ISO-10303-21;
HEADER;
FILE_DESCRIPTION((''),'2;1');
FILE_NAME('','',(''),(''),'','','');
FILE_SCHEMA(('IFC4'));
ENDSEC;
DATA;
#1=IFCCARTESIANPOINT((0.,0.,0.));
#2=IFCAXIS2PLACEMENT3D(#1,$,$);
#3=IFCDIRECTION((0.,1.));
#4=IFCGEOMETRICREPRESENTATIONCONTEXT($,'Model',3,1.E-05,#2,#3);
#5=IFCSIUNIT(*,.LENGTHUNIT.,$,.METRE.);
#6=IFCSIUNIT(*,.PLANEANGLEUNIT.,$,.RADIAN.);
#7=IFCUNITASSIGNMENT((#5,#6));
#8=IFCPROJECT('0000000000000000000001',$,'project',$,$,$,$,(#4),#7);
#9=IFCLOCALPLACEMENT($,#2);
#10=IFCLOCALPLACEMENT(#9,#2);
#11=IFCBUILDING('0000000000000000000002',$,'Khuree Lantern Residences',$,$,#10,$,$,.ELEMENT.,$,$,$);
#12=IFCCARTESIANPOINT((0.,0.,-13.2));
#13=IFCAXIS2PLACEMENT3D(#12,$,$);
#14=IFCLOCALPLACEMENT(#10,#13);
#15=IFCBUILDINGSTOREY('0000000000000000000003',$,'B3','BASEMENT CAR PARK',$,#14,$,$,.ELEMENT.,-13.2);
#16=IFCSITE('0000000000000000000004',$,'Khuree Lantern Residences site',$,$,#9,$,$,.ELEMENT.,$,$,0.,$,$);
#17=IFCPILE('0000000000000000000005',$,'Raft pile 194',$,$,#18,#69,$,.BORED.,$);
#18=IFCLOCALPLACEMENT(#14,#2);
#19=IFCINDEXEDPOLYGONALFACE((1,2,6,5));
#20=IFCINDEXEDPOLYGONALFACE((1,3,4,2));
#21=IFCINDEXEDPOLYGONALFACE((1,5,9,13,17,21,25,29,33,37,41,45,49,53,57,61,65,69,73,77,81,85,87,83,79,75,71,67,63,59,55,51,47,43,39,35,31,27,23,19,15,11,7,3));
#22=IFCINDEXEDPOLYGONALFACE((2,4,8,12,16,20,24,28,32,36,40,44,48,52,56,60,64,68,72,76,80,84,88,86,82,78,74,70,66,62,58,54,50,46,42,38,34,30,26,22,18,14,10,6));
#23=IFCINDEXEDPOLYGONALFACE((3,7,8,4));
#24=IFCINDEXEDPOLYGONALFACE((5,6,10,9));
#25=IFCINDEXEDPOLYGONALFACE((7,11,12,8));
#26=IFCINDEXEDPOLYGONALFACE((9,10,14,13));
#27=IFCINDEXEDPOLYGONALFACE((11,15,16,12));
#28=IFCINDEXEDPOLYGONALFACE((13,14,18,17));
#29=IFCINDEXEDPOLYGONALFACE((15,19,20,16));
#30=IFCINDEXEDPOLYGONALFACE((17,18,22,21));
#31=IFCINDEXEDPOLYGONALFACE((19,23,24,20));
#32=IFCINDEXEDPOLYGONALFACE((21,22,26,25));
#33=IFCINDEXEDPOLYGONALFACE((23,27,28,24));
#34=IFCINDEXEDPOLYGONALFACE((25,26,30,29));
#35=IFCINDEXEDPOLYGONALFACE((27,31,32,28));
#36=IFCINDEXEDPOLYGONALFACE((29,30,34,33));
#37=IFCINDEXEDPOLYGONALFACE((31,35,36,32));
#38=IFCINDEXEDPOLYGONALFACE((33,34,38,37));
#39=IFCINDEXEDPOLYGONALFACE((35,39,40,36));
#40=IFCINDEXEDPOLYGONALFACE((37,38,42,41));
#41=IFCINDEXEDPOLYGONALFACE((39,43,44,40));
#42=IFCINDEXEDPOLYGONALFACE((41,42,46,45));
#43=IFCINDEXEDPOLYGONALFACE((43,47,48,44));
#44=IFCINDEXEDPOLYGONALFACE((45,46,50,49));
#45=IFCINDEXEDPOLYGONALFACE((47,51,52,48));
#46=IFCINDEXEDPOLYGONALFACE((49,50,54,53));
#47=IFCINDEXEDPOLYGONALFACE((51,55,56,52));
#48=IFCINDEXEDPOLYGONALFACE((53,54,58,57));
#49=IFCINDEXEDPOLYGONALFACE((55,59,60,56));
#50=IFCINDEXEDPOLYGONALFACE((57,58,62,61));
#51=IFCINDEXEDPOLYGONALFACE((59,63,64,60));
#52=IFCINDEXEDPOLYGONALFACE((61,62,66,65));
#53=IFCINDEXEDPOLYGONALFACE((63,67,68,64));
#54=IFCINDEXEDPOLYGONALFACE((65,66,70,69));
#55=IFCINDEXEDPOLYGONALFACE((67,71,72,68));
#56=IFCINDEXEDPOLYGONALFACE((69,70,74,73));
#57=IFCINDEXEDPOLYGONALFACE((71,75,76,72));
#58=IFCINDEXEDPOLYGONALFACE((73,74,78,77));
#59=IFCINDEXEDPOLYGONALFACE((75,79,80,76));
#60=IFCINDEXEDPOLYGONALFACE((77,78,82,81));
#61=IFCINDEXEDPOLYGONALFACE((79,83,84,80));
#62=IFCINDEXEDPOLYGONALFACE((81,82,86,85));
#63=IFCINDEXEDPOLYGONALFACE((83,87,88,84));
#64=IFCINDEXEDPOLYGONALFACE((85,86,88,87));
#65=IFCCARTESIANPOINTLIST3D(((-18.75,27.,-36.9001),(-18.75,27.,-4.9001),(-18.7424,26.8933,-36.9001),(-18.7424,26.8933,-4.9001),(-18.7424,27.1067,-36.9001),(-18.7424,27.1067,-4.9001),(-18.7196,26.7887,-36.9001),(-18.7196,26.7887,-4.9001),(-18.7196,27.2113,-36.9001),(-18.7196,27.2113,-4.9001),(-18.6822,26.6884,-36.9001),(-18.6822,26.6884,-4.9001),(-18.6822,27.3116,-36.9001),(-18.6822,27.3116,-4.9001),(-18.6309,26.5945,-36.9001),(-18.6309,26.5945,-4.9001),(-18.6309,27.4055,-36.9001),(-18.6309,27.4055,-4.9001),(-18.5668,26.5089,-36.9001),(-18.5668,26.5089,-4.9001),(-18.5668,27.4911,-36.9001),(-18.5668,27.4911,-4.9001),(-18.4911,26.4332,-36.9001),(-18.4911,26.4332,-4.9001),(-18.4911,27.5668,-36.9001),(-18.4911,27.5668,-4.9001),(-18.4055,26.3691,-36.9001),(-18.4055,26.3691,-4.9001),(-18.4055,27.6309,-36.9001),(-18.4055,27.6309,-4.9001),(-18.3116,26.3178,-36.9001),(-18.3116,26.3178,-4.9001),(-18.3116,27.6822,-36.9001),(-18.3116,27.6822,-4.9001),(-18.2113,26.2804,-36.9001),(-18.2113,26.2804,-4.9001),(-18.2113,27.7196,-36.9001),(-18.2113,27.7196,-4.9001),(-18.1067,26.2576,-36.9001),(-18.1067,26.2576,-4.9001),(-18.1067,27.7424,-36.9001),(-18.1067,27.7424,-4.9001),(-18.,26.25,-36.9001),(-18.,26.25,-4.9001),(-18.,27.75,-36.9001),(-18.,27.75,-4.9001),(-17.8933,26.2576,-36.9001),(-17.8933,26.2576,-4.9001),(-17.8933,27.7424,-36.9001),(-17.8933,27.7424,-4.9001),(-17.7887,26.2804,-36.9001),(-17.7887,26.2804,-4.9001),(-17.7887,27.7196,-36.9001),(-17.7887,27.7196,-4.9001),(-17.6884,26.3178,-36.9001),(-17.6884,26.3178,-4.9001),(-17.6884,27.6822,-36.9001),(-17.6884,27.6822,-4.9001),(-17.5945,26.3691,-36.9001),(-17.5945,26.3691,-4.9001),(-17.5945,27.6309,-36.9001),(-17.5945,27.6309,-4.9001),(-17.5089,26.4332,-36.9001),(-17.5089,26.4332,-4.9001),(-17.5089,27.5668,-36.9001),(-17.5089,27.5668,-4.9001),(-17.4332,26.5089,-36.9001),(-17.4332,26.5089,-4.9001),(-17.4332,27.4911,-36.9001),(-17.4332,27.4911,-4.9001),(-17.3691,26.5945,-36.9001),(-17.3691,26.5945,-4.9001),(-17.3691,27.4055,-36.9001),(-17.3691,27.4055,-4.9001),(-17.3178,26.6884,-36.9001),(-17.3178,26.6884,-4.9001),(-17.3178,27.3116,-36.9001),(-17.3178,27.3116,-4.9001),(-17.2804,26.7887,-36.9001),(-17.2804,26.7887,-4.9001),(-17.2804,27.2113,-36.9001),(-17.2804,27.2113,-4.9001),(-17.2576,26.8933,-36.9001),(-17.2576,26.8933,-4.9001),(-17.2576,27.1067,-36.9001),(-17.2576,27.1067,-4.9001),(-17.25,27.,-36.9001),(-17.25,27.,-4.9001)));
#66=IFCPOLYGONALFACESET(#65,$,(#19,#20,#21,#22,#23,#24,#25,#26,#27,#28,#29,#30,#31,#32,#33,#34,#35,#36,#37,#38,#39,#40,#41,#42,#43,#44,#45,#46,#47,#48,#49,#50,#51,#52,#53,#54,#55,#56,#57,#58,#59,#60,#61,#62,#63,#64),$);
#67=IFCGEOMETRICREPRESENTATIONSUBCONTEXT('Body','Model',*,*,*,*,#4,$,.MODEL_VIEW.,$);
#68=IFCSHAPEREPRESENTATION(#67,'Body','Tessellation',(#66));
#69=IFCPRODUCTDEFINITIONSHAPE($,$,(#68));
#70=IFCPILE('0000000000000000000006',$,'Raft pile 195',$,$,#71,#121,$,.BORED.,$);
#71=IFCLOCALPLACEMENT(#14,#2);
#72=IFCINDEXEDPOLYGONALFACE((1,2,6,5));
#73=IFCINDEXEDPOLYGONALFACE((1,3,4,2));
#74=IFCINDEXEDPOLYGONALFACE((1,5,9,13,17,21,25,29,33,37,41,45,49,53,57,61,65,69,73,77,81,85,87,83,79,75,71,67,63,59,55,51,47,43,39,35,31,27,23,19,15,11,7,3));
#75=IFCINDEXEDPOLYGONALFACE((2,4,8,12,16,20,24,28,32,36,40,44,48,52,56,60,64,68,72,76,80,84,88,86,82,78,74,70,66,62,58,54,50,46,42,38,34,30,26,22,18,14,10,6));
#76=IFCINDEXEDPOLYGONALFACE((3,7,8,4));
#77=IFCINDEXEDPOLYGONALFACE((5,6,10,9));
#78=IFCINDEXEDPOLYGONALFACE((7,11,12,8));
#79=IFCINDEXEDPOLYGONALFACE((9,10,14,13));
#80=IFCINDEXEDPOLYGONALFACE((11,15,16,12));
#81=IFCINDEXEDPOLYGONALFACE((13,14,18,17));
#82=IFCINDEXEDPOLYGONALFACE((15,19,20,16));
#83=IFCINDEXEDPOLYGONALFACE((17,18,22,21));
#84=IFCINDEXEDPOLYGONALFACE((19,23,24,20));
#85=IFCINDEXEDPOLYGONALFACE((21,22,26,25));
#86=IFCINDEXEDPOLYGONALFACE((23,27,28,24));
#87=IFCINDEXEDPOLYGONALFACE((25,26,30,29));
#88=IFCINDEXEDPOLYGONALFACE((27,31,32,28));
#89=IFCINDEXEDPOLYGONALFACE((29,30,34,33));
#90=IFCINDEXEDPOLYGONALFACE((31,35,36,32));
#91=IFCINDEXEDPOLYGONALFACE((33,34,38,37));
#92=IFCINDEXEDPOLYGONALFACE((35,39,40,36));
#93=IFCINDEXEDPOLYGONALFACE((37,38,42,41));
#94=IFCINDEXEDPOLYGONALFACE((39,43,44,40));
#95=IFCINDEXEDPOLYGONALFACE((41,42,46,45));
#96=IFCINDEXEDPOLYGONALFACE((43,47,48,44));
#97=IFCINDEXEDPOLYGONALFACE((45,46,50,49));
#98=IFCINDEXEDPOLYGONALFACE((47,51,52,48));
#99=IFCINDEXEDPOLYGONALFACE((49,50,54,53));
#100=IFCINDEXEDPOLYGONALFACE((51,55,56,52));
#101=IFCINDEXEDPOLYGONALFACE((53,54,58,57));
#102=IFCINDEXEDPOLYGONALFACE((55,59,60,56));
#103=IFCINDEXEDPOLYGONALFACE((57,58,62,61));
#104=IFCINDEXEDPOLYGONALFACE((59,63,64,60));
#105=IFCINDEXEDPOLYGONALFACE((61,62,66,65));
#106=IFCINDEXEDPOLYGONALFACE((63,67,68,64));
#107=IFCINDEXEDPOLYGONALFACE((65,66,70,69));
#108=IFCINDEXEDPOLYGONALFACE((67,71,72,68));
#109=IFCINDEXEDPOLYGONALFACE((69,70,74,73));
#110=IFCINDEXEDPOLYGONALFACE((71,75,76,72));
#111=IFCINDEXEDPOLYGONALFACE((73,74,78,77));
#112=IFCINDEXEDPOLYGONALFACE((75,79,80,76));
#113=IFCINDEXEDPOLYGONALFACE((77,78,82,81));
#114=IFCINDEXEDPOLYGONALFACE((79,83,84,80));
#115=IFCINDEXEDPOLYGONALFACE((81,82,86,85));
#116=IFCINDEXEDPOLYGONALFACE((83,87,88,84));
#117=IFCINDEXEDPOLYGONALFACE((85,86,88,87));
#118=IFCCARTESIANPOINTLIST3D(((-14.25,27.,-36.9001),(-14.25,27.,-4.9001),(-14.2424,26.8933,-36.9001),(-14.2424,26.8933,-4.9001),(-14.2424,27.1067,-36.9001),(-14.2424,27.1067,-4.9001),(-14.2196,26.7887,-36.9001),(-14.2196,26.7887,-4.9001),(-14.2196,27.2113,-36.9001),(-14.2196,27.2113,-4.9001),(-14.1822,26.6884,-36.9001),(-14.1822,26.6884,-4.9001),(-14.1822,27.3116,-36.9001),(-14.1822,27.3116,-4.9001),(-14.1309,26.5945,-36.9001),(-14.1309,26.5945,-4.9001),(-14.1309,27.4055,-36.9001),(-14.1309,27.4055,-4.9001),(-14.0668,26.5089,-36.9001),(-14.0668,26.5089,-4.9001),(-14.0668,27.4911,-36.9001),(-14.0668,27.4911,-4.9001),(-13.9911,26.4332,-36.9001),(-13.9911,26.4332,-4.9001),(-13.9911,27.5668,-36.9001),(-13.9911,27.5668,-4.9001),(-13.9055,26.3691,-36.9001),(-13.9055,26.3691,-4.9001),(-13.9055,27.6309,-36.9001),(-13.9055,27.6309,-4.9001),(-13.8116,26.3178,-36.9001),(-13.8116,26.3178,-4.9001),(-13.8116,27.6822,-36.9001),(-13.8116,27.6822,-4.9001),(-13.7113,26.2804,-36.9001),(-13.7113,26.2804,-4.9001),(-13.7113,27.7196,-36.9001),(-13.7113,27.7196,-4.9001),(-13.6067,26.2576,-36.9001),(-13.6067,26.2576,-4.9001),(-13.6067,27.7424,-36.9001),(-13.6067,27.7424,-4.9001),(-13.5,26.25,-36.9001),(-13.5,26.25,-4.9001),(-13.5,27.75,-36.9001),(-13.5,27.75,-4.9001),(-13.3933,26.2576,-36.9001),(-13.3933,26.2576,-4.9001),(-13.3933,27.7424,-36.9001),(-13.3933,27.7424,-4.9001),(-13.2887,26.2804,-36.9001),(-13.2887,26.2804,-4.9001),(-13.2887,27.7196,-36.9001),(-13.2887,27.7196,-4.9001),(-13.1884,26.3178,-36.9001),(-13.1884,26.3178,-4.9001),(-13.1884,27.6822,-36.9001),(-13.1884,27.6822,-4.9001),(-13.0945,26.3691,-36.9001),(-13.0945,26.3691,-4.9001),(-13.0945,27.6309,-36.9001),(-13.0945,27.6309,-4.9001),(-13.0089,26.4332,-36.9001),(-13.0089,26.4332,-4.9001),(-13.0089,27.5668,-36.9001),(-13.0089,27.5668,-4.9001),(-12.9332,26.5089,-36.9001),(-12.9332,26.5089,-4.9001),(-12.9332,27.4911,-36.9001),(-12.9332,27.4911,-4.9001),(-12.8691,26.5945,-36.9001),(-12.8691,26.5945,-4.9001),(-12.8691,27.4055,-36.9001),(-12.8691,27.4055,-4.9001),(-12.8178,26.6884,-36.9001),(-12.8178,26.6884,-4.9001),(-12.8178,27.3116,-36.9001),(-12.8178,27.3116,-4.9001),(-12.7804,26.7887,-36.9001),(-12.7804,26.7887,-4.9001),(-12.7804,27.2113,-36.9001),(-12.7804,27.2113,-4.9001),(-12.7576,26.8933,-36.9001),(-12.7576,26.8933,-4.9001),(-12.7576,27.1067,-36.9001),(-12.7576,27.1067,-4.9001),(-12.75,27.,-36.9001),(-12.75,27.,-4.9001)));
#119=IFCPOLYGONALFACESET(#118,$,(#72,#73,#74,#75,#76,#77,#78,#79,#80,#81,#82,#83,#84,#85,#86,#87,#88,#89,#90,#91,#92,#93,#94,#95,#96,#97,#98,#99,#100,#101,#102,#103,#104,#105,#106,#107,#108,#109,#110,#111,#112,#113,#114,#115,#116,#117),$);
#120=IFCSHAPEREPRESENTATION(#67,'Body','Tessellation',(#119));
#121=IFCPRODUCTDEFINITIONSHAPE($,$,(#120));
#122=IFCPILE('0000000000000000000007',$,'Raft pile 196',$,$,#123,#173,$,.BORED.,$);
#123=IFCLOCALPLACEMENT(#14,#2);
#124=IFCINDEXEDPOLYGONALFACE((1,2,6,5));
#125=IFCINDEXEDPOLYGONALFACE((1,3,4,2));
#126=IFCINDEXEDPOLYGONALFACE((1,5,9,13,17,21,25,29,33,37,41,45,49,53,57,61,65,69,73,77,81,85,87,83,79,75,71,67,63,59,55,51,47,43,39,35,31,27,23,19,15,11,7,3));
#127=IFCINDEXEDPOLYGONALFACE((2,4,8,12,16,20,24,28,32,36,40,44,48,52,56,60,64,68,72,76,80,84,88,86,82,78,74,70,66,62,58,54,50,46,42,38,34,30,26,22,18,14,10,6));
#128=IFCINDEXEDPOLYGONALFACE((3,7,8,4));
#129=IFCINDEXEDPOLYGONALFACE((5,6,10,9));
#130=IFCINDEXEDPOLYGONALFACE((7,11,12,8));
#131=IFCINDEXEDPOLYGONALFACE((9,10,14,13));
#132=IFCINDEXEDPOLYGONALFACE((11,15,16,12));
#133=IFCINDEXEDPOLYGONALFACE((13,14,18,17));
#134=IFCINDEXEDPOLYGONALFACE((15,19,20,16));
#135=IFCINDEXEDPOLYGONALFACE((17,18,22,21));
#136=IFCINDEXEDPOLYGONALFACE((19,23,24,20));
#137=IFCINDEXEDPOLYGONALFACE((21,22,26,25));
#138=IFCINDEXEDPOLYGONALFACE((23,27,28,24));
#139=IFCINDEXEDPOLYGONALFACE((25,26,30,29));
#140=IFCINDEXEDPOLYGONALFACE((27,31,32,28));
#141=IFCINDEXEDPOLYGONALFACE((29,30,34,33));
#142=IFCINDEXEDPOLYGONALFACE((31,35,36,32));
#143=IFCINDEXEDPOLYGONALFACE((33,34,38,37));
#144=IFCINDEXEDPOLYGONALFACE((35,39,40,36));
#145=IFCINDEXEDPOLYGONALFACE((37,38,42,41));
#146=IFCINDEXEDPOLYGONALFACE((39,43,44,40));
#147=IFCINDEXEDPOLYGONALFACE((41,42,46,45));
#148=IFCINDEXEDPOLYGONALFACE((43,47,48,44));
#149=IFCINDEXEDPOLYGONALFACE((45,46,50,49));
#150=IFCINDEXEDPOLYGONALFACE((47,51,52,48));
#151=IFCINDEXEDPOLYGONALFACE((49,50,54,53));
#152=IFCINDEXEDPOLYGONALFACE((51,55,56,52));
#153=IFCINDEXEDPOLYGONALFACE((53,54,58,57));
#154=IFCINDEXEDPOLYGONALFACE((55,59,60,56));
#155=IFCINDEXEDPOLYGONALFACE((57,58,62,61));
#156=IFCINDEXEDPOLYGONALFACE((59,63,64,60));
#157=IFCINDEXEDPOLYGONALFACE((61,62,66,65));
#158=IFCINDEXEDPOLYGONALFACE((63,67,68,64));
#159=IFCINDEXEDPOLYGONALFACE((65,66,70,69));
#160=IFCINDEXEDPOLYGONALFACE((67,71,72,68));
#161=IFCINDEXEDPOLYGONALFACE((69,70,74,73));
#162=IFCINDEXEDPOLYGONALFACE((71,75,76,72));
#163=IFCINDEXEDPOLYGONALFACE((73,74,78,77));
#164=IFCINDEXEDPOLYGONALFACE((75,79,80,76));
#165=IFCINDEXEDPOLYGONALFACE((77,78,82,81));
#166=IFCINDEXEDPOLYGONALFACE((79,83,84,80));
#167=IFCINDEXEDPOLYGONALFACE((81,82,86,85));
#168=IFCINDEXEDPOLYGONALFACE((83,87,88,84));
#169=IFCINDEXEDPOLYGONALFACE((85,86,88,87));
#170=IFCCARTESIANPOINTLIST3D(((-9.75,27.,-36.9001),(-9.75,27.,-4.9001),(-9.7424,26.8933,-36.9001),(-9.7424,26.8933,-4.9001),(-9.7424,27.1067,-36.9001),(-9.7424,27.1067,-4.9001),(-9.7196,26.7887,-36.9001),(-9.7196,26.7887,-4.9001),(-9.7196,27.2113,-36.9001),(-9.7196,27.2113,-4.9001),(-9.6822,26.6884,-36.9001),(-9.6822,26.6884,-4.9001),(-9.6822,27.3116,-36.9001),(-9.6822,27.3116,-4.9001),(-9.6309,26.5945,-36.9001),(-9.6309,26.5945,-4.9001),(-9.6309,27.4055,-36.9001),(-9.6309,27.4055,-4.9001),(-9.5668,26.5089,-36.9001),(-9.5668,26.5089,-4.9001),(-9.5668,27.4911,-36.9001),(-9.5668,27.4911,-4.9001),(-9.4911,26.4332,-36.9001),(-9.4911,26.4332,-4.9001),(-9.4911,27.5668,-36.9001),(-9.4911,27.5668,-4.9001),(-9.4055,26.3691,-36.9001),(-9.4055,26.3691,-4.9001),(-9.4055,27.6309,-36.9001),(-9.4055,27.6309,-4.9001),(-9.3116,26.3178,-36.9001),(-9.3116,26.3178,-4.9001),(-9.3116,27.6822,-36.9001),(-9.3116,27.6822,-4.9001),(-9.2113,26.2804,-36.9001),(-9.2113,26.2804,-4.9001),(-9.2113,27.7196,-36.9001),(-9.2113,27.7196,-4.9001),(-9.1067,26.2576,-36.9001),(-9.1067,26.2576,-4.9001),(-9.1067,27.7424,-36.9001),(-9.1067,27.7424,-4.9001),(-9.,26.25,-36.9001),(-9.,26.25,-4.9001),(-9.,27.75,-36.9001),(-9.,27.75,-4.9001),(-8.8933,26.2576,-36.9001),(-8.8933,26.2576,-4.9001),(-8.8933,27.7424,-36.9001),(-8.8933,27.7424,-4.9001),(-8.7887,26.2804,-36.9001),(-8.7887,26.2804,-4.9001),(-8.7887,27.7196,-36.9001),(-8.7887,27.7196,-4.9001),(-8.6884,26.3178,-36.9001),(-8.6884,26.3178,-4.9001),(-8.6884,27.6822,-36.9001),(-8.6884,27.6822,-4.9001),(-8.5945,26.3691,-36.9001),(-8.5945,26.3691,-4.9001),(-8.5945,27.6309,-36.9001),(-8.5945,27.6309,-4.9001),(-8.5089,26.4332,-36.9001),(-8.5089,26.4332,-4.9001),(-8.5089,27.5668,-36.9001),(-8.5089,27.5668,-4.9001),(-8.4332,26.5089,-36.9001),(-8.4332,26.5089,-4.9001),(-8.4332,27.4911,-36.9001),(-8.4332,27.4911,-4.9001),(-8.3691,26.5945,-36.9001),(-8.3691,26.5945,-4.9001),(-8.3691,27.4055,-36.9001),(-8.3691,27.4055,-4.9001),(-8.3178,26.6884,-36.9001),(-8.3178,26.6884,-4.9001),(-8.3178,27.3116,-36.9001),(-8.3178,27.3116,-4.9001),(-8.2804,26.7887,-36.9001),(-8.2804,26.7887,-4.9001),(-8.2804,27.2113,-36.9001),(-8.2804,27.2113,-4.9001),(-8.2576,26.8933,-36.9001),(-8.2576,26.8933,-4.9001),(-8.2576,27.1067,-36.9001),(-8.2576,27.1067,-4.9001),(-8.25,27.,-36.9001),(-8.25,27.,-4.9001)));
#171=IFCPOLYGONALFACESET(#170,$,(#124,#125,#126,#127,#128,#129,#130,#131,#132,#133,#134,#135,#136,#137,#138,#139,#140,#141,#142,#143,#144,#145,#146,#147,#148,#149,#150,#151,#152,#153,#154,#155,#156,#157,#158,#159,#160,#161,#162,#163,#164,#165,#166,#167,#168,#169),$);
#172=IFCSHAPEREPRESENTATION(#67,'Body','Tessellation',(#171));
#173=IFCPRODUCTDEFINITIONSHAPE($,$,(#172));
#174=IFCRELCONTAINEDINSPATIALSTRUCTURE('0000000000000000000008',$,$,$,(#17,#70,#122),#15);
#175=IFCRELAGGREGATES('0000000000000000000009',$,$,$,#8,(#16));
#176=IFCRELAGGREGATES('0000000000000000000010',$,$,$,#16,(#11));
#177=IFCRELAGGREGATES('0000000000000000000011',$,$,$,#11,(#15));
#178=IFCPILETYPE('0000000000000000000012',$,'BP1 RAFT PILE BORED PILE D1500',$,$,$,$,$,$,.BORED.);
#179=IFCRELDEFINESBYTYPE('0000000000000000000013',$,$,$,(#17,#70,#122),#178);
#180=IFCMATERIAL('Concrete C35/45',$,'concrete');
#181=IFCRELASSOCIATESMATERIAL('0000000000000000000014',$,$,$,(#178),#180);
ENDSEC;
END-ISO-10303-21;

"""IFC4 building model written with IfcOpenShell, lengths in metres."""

from ifc_helpers import new_model, si_unit, direction, frame, origin, origin_2d, place, context, subcontext, project, spatial, circle, extrude, material, material_profile, profile_set, type_object, element, save


model = new_model("IFC4")

# Units and contexts
model_context = context("Model", 3, precision=1e-05, world=origin(), true_north=direction((0.0, 1.0)))
body_context = subcontext(model_context, "Body", "Model", "MODEL_VIEW")
ifc_project = project(units=[si_unit("LENGTHUNIT", "METRE"), si_unit("PLANEANGLEUNIT", "RADIAN")], contexts=[model_context])

# Site, building, storey
site_placement = place(None, origin())
site = spatial("IfcSite", under=ifc_project, at=site_placement, Name="Khuree Lantern Residences site", CompositionType="ELEMENT", RefElevation=0.0)
building_placement = place(site_placement, origin())
building = spatial("IfcBuilding", under=site, at=building_placement, Name="Khuree Lantern Residences", CompositionType="ELEMENT")
storey_placement = place(building_placement, frame((0.0, 0.0, -13.2)))
storey = spatial("IfcBuildingStorey", under=building, at=storey_placement, Name="B3", Description="BASEMENT CAR PARK", CompositionType="ELEMENT", Elevation=-13.2)

# Piles
ifc_material_1 = material(Name="Concrete C35/45", Category="concrete")
ifc_material_profile_1 = material_profile(ifc_material_1, circle(Radius=0.75, at=origin_2d()), Name="BORED PILE D1500")
ifc_profile_set_1 = profile_set([ifc_material_profile_1], Name="Concrete C35/45")
pile_type_1 = type_object("IfcPileType", Name="BP1 RAFT PILE BORED PILE D1500", PredefinedType="BORED", material=ifc_profile_set_1)
for number, where, z_axis, x_axis, name in (
    (1, (-18.0, 27.0, -4.9001), (0.0, 0.0, -1.0), (1.0, 0.0, 0.0), "Raft pile 194"),
    (2, (-13.5, 27.0, -4.9001), (0.0, 0.0, -1.0), (1.0, 0.0, 0.0), "Raft pile 195"),
    (3, (-9.0, 27.0, -4.9001), (0.0, 0.0, -1.0), (1.0, 0.0, 0.0), "Raft pile 196"),
):
    element("IfcPile", number, at=place(storey_placement, frame(where, z_axis=z_axis, x_axis=x_axis)), inside=storey, type_object=pile_type_1, Name=name, PredefinedType="BORED", context=body_context, shape_type="SweptSolid", body=[
        extrude(circle(Radius=0.75, at=origin_2d()), origin(), (0.0, 0.0, 1.0), 32.0),
    ])

save(model, "model.ifc")
